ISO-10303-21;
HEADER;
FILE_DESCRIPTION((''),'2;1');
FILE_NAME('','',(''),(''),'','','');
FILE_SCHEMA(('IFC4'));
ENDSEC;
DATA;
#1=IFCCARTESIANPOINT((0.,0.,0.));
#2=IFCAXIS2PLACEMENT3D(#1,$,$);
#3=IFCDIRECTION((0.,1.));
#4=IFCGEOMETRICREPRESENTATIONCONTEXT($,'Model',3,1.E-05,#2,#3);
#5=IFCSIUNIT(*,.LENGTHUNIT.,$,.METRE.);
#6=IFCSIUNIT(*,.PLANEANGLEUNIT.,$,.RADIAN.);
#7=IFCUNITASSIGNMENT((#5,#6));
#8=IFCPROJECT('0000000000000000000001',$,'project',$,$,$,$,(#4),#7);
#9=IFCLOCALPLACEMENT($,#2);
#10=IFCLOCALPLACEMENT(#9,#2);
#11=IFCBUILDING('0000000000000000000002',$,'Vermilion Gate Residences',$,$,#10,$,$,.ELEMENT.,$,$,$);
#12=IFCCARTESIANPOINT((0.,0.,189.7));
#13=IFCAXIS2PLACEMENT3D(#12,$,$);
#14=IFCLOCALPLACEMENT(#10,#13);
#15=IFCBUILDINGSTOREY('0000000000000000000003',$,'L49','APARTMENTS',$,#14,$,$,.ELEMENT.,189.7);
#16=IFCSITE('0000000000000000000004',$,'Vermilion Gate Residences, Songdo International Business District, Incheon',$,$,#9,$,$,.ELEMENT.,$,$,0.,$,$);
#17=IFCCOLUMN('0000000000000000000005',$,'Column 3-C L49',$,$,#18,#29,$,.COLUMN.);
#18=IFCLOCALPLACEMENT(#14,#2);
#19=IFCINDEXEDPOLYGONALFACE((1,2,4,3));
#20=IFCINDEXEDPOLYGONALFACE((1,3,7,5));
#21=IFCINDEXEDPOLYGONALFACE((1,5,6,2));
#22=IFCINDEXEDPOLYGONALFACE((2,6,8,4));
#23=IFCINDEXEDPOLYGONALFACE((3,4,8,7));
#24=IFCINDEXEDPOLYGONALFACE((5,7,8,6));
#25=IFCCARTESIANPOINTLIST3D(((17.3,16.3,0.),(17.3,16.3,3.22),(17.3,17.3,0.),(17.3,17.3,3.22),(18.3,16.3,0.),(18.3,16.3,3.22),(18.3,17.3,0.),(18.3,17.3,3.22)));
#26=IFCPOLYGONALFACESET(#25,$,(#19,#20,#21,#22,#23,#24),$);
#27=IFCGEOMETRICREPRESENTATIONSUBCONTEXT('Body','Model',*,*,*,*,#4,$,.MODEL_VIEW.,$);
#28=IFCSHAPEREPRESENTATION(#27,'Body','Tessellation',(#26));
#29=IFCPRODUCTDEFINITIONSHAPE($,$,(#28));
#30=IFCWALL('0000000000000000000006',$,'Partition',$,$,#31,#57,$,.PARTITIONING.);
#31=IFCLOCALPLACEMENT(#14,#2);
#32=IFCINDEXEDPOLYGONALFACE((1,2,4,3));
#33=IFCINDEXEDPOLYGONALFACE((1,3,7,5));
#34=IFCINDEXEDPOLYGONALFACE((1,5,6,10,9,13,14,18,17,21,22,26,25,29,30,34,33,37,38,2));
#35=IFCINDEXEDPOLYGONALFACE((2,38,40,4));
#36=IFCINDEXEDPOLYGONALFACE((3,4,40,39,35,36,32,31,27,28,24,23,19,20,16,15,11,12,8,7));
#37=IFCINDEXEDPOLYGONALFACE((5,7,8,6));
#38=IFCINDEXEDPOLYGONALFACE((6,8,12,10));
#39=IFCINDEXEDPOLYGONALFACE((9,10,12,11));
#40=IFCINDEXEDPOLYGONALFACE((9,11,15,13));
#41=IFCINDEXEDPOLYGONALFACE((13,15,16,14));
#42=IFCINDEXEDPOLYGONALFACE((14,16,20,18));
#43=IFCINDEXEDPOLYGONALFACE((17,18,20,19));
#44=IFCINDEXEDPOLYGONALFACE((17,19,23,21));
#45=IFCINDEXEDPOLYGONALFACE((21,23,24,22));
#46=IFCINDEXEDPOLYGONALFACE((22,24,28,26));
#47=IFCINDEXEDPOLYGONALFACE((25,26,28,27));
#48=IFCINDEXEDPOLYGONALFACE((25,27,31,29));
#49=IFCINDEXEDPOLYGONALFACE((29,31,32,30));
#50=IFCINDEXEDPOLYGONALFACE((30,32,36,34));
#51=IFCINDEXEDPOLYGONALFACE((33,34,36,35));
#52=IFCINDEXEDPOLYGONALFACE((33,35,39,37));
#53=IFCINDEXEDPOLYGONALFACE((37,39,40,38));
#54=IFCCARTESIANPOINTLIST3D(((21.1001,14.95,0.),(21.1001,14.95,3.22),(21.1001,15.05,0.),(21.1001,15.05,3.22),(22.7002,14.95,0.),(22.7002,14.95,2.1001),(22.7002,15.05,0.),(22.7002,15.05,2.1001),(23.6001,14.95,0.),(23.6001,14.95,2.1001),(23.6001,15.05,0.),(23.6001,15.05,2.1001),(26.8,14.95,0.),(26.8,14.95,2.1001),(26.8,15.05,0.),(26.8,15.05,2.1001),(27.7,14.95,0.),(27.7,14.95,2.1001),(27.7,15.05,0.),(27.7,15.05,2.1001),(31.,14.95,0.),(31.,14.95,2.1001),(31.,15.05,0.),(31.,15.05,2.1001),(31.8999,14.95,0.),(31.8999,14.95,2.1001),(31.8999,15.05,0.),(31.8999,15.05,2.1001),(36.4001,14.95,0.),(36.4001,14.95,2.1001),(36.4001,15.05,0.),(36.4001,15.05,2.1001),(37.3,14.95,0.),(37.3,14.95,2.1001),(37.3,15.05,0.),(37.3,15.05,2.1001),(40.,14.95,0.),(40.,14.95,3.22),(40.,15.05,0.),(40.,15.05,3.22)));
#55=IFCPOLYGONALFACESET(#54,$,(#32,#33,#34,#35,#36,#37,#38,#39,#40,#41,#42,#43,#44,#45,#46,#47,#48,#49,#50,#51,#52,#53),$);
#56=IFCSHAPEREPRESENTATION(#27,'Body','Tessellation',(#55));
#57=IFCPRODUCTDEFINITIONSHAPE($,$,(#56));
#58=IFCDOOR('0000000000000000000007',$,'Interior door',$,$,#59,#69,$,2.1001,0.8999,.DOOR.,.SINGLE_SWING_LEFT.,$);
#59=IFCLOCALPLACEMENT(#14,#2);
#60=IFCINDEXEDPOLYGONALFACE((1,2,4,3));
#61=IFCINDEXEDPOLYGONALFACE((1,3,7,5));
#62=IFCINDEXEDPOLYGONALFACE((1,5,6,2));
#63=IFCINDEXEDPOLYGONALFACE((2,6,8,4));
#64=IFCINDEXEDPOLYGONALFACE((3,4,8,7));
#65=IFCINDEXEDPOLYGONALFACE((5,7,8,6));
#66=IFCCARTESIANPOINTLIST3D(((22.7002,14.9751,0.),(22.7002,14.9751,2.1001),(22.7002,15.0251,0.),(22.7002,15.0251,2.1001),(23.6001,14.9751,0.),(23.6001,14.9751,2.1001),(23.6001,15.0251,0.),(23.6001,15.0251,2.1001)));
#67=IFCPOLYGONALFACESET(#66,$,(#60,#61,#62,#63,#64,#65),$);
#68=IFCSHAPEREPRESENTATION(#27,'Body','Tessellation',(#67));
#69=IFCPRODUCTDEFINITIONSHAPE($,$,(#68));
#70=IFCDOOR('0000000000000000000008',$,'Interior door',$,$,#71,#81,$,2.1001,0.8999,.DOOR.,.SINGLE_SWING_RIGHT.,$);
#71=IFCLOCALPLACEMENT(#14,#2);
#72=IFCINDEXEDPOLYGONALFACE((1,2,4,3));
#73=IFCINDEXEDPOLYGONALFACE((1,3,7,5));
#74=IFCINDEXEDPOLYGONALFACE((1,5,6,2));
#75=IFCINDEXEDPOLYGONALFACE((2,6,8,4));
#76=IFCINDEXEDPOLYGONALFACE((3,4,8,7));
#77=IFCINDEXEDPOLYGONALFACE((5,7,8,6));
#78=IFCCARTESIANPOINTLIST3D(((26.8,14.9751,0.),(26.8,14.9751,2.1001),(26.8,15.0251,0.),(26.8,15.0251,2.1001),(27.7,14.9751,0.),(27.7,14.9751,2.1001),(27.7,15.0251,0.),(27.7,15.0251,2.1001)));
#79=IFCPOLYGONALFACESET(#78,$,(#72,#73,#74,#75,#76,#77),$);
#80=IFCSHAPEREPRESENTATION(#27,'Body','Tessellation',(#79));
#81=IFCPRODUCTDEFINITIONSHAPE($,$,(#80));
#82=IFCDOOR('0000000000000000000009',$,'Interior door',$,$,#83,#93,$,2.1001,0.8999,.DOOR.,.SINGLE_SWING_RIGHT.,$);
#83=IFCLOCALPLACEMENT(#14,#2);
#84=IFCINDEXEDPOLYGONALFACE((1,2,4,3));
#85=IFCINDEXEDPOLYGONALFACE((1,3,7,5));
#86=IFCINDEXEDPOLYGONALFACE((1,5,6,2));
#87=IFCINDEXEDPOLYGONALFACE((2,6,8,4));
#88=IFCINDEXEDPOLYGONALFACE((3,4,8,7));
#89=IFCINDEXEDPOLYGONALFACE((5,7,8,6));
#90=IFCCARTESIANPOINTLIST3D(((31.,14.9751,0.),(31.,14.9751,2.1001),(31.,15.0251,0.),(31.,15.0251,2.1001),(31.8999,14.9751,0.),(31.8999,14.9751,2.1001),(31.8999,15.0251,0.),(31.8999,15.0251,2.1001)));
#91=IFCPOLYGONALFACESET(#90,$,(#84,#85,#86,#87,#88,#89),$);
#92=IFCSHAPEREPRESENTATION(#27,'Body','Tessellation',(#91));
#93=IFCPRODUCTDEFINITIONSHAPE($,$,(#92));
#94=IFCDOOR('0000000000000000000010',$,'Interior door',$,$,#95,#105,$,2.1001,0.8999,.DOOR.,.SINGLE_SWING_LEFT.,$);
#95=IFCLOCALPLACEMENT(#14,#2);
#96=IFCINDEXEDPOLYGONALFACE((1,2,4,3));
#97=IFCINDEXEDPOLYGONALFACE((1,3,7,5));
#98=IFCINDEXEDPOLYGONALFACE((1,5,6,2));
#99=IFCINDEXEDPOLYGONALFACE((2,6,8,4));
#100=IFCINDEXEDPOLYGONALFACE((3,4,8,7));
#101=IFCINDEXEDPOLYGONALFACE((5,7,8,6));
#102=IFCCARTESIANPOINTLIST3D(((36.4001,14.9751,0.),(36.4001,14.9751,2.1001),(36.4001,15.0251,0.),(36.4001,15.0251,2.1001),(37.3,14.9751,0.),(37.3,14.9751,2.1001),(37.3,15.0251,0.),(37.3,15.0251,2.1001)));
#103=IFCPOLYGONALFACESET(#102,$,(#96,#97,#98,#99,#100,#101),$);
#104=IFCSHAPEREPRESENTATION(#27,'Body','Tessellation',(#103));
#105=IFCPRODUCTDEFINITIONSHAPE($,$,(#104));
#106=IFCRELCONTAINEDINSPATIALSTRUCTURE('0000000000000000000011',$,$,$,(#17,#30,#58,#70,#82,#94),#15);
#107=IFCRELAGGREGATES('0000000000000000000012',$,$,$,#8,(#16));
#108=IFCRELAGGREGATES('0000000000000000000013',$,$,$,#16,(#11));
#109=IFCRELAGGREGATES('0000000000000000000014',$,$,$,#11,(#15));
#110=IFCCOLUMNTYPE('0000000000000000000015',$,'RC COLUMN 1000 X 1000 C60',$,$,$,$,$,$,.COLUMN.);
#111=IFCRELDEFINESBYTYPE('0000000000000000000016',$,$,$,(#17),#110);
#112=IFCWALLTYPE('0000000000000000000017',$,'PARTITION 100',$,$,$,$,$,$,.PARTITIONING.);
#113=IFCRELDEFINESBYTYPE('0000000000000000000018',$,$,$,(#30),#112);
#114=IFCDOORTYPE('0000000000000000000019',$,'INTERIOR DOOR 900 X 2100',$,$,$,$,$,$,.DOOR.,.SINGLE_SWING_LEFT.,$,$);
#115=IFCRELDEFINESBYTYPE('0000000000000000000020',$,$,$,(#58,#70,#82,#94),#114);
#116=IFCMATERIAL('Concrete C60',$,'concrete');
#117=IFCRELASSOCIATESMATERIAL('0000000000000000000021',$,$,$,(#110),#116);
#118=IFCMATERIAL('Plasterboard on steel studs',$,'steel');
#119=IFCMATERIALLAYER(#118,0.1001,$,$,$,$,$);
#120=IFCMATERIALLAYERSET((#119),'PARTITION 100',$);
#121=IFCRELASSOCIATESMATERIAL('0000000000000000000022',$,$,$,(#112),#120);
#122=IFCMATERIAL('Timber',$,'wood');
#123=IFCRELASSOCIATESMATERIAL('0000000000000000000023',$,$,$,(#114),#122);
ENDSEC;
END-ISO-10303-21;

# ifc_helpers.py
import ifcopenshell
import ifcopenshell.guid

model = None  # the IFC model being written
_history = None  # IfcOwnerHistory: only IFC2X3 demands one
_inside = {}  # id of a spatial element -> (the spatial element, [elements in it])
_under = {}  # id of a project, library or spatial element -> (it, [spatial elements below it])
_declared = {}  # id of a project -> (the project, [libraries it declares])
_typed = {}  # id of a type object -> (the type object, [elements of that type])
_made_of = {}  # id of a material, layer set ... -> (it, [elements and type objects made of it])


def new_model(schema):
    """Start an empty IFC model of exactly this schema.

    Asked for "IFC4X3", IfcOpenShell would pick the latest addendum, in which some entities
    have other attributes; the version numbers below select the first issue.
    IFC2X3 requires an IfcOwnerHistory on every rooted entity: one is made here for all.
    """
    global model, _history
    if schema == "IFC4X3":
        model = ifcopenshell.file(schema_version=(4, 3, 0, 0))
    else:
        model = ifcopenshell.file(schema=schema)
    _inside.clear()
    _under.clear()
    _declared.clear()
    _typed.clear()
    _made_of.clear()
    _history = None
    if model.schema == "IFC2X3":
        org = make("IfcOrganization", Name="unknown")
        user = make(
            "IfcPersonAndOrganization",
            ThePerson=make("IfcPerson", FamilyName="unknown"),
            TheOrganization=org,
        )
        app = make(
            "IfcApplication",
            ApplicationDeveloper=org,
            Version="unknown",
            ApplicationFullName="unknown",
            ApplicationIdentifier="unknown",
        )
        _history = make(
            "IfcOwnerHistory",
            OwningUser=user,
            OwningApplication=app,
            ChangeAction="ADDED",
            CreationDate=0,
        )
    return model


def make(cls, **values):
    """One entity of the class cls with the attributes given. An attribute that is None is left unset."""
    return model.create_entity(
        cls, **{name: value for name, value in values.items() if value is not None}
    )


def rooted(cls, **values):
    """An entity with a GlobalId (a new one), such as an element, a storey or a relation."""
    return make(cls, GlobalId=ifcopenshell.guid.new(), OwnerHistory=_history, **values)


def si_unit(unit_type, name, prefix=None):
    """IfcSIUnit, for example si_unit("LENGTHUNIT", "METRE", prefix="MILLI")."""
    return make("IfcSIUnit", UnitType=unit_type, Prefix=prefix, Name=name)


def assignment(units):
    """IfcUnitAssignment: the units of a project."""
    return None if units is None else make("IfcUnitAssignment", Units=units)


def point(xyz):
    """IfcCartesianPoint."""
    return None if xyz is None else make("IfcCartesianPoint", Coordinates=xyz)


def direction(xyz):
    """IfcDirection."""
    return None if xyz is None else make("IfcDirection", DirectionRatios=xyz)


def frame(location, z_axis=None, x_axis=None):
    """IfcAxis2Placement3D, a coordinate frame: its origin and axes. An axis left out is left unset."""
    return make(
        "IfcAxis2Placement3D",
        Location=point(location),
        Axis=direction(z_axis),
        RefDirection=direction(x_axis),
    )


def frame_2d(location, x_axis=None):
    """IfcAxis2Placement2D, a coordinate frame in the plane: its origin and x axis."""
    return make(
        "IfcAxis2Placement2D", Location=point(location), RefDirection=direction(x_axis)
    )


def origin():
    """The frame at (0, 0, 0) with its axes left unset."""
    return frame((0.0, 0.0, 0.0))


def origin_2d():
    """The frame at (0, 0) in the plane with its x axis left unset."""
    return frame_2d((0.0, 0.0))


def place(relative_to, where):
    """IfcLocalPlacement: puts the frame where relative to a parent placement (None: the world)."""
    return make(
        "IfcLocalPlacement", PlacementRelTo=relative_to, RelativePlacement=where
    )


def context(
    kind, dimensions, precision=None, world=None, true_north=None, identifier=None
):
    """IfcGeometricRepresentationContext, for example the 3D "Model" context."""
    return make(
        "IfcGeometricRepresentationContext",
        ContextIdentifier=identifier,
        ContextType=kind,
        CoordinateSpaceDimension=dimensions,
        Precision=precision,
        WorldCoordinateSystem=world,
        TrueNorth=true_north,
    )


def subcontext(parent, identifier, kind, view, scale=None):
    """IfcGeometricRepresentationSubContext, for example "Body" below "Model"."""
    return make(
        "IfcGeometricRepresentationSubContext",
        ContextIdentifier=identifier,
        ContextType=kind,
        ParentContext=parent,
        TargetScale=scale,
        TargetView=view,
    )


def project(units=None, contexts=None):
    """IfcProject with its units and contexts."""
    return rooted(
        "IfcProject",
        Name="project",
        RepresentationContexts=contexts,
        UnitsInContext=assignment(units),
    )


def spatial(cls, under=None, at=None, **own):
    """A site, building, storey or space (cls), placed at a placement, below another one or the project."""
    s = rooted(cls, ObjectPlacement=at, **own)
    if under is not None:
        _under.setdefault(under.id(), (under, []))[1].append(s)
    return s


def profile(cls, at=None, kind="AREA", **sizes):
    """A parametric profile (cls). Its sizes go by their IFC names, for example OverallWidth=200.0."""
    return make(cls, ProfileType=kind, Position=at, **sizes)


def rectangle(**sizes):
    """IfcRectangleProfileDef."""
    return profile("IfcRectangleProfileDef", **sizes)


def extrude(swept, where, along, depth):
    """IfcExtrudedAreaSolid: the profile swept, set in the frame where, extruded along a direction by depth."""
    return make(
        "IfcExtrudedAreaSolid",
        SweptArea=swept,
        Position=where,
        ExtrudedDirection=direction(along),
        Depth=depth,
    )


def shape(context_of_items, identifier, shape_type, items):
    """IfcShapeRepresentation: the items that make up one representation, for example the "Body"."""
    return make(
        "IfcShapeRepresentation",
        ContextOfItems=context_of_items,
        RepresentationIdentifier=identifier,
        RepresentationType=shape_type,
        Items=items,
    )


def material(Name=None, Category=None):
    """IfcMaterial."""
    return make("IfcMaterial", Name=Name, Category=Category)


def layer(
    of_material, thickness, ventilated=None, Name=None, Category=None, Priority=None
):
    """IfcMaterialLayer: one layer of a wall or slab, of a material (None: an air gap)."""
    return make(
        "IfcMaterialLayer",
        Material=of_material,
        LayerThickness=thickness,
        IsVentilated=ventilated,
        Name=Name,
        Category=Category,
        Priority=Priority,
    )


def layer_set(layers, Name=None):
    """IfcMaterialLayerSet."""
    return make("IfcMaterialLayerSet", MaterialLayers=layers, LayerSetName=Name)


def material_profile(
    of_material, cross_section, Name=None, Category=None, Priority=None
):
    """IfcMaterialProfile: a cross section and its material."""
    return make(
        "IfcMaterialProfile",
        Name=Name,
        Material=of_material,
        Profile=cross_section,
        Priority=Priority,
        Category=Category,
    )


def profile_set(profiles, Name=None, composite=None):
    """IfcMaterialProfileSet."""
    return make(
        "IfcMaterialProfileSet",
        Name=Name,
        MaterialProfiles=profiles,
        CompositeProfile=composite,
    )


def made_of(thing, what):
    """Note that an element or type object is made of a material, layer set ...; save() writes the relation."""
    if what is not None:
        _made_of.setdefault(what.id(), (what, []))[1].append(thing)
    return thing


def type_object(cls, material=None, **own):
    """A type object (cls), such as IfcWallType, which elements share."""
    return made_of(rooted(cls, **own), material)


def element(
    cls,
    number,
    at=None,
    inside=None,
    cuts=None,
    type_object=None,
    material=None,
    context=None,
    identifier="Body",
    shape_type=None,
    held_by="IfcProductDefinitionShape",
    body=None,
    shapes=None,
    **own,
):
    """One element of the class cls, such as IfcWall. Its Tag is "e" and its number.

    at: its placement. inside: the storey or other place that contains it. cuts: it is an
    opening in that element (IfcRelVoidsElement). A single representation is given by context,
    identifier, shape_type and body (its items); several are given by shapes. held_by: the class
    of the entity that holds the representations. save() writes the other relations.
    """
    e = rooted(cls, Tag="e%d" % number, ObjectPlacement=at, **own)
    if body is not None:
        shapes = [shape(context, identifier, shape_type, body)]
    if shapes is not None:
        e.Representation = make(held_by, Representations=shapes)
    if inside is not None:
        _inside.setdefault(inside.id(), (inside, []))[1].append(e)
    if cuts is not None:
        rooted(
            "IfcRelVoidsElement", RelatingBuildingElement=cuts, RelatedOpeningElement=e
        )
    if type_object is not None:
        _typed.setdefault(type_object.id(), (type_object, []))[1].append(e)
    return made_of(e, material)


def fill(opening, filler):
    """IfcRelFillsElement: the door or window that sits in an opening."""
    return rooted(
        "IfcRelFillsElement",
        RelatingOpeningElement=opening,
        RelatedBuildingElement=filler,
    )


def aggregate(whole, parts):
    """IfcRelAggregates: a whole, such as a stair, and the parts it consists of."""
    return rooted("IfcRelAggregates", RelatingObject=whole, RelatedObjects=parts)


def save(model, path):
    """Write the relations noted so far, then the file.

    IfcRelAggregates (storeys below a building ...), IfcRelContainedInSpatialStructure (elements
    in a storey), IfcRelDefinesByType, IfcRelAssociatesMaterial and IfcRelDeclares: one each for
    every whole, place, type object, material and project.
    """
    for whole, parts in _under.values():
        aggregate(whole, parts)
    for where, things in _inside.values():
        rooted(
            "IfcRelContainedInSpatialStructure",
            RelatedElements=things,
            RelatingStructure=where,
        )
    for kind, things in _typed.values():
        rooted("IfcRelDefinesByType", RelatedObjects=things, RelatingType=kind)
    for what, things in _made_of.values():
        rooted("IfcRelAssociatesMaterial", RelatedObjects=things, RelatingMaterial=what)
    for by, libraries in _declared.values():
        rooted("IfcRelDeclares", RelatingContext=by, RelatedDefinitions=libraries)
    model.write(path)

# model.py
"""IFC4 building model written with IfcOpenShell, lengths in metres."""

from ifc_helpers import new_model, si_unit, direction, frame, frame_2d, origin, origin_2d, place, context, subcontext, project, spatial, rectangle, extrude, material, layer, layer_set, material_profile, profile_set, type_object, element, fill, save


model = new_model("IFC4")

# Units and contexts
model_context = context("Model", 3, precision=1e-05, world=origin(), true_north=direction((0.0, 1.0)))
body_context = subcontext(model_context, "Body", "Model", "MODEL_VIEW")
ifc_project = project(units=[si_unit("LENGTHUNIT", "METRE"), si_unit("PLANEANGLEUNIT", "RADIAN")], contexts=[model_context])

# Site, building, storey
site_placement = place(None, origin())
site = spatial("IfcSite", under=ifc_project, at=site_placement, Name="Vermilion Gate Residences, Songdo International Business District, Incheon", CompositionType="ELEMENT", RefElevation=0.0)
building_placement = place(site_placement, origin())
building = spatial("IfcBuilding", under=site, at=building_placement, Name="Vermilion Gate Residences", CompositionType="ELEMENT")
storey_placement = place(building_placement, frame((0.0, 0.0, 189.7)))
storey = spatial("IfcBuildingStorey", under=building, at=storey_placement, Name="L49", Description="APARTMENTS", CompositionType="ELEMENT", Elevation=189.7)

# Column
ifc_material_1 = material(Name="Concrete C60", Category="concrete")
ifc_material_profile = material_profile(ifc_material_1, rectangle(XDim=1.0, YDim=1.0, at=origin_2d()), Name="RC-1000x1000")
ifc_profile_set = profile_set([ifc_material_profile], Name="Concrete C60")
column_type = type_object("IfcColumnType", Name="RC COLUMN 1000 X 1000 C60", PredefinedType="COLUMN", material=ifc_profile_set)
column_placement = place(storey_placement, frame((17.8, 16.8, 0.0), z_axis=(0.0, 0.0, 1.0), x_axis=(1.0, 0.0, 0.0)))
element("IfcColumn", 1, at=column_placement, inside=storey, type_object=column_type, Name="Column 3-C L49", PredefinedType="COLUMN", context=body_context, shape_type="SweptSolid", body=[
    extrude(rectangle(XDim=1.0, YDim=1.0, at=origin_2d()), origin(), (0.0, 0.0, 1.0), 3.22),
])

# Wall, openings, doors
ifc_material_2 = material(Name="Plasterboard on steel studs", Category="steel")
ifc_layer_1 = layer(ifc_material_2, 0.1001)
ifc_layer_set_1 = layer_set([ifc_layer_1], Name="PARTITION 100")
wall_type_1 = type_object("IfcWallType", Name="PARTITION 100", PredefinedType="PARTITIONING", material=ifc_layer_set_1)
wall_1_placement = place(storey_placement, frame((21.1001, 15.0, 0.0), z_axis=(0.0, 0.0, 1.0), x_axis=(1.0, 0.0, 0.0)))
wall_1 = element("IfcWall", 2, at=wall_1_placement, inside=storey, type_object=wall_type_1, Name="Partition", PredefinedType="PARTITIONING", context=body_context, shape_type="SweptSolid", body=[
    extrude(rectangle(XDim=18.8999, YDim=0.1001, at=frame_2d((9.45, 0.0))), origin(), (0.0, 0.0, 1.0), 3.22),
])
opening_1_placement = place(wall_1_placement, frame((1.6001, 0.0, 0.0)))
opening_1 = element("IfcOpeningElement", 3, at=opening_1_placement, cuts=wall_1, PredefinedType="OPENING", context=body_context, shape_type="SweptSolid", body=[
    extrude(rectangle(XDim=0.8999, YDim=2.1001, at=frame_2d((0.45, 1.05))), frame((0.0, 0.0601, 0.0), z_axis=(0.0, -1.0, 0.0), x_axis=(1.0, 0.0, 0.0)), (0.0, 0.0, 1.0), 0.1201),
])
opening_2_placement = place(wall_1_placement, frame((5.7, 0.0, 0.0)))
opening_2 = element("IfcOpeningElement", 4, at=opening_2_placement, cuts=wall_1, PredefinedType="OPENING", context=body_context, shape_type="SweptSolid", body=[
    extrude(rectangle(XDim=0.8999, YDim=2.1001, at=frame_2d((0.45, 1.05))), frame((0.0, 0.0601, 0.0), z_axis=(0.0, -1.0, 0.0), x_axis=(1.0, 0.0, 0.0)), (0.0, 0.0, 1.0), 0.1201),
])
opening_3_placement = place(wall_1_placement, frame((9.8999, 0.0, 0.0)))
opening_3 = element("IfcOpeningElement", 5, at=opening_3_placement, cuts=wall_1, PredefinedType="OPENING", context=body_context, shape_type="SweptSolid", body=[
    extrude(rectangle(XDim=0.8999, YDim=2.1001, at=frame_2d((0.45, 1.05))), frame((0.0, 0.0601, 0.0), z_axis=(0.0, -1.0, 0.0), x_axis=(1.0, 0.0, 0.0)), (0.0, 0.0, 1.0), 0.1201),
])
opening_4_placement = place(wall_1_placement, frame((15.3, 0.0, 0.0)))
opening_4 = element("IfcOpeningElement", 6, at=opening_4_placement, cuts=wall_1, PredefinedType="OPENING", context=body_context, shape_type="SweptSolid", body=[
    extrude(rectangle(XDim=0.8999, YDim=2.1001, at=frame_2d((0.45, 1.05))), frame((0.0, 0.0601, 0.0), z_axis=(0.0, -1.0, 0.0), x_axis=(1.0, 0.0, 0.0)), (0.0, 0.0, 1.0), 0.1201),
])
ifc_material_3 = material(Name="Timber", Category="wood")
door_type_1 = type_object("IfcDoorType", Name="INTERIOR DOOR 900 X 2100", OperationType="SINGLE_SWING_LEFT", PredefinedType="DOOR", material=ifc_material_3)
door_1_placement = place(opening_1_placement, frame((0.8999, 0.0, 0.0), z_axis=(0.0, 0.0, 1.0), x_axis=(-1.0, 0.0, 0.0)))
door_1 = element("IfcDoor", 7, at=door_1_placement, inside=storey, type_object=door_type_1, Name="Interior door", OperationType="SINGLE_SWING_LEFT", OverallHeight=2.1001, OverallWidth=0.8999, PredefinedType="DOOR", context=body_context, shape_type="SweptSolid", body=[
    extrude(rectangle(XDim=0.8999, YDim=2.1001, at=frame_2d((0.45, 1.05))), frame((0.0, 0.0249, 0.0), z_axis=(0.0, -1.0, 0.0), x_axis=(1.0, 0.0, 0.0)), (0.0, 0.0, 1.0), 0.05),
])
fill(opening_1, door_1)
door_2_placement = place(opening_2_placement, frame((0.8999, 0.0, 0.0), z_axis=(0.0, 0.0, 1.0), x_axis=(-1.0, 0.0, 0.0)))
door_2 = element("IfcDoor", 8, at=door_2_placement, inside=storey, type_object=door_type_1, Name="Interior door", OperationType="SINGLE_SWING_RIGHT", OverallHeight=2.1001, OverallWidth=0.8999, PredefinedType="DOOR", context=body_context, shape_type="SweptSolid", body=[
    extrude(rectangle(XDim=0.8999, YDim=2.1001, at=frame_2d((0.45, 1.05))), frame((0.0, 0.0249, 0.0), z_axis=(0.0, -1.0, 0.0), x_axis=(1.0, 0.0, 0.0)), (0.0, 0.0, 1.0), 0.05),
])
fill(opening_2, door_2)
door_3_placement = place(opening_3_placement, frame((0.8999, 0.0, 0.0), z_axis=(0.0, 0.0, 1.0), x_axis=(-1.0, 0.0, 0.0)))
door_3 = element("IfcDoor", 9, at=door_3_placement, inside=storey, type_object=door_type_1, Name="Interior door", OperationType="SINGLE_SWING_RIGHT", OverallHeight=2.1001, OverallWidth=0.8999, PredefinedType="DOOR", context=body_context, shape_type="SweptSolid", body=[
    extrude(rectangle(XDim=0.8999, YDim=2.1001, at=frame_2d((0.45, 1.05))), frame((0.0, 0.0249, 0.0), z_axis=(0.0, -1.0, 0.0), x_axis=(1.0, 0.0, 0.0)), (0.0, 0.0, 1.0), 0.05),
])
fill(opening_3, door_3)
door_4_placement = place(opening_4_placement, frame((0.8999, 0.0, 0.0), z_axis=(0.0, 0.0, 1.0), x_axis=(-1.0, 0.0, 0.0)))
door_4 = element("IfcDoor", 10, at=door_4_placement, inside=storey, type_object=door_type_1, Name="Interior door", OperationType="SINGLE_SWING_LEFT", OverallHeight=2.1001, OverallWidth=0.8999, PredefinedType="DOOR", context=body_context, shape_type="SweptSolid", body=[
    extrude(rectangle(XDim=0.8999, YDim=2.1001, at=frame_2d((0.45, 1.05))), frame((0.0, 0.0249, 0.0), z_axis=(0.0, -1.0, 0.0), x_axis=(1.0, 0.0, 0.0)), (0.0, 0.0, 1.0), 0.05),
])
fill(opening_4, door_4)

save(model, "model.ifc")
